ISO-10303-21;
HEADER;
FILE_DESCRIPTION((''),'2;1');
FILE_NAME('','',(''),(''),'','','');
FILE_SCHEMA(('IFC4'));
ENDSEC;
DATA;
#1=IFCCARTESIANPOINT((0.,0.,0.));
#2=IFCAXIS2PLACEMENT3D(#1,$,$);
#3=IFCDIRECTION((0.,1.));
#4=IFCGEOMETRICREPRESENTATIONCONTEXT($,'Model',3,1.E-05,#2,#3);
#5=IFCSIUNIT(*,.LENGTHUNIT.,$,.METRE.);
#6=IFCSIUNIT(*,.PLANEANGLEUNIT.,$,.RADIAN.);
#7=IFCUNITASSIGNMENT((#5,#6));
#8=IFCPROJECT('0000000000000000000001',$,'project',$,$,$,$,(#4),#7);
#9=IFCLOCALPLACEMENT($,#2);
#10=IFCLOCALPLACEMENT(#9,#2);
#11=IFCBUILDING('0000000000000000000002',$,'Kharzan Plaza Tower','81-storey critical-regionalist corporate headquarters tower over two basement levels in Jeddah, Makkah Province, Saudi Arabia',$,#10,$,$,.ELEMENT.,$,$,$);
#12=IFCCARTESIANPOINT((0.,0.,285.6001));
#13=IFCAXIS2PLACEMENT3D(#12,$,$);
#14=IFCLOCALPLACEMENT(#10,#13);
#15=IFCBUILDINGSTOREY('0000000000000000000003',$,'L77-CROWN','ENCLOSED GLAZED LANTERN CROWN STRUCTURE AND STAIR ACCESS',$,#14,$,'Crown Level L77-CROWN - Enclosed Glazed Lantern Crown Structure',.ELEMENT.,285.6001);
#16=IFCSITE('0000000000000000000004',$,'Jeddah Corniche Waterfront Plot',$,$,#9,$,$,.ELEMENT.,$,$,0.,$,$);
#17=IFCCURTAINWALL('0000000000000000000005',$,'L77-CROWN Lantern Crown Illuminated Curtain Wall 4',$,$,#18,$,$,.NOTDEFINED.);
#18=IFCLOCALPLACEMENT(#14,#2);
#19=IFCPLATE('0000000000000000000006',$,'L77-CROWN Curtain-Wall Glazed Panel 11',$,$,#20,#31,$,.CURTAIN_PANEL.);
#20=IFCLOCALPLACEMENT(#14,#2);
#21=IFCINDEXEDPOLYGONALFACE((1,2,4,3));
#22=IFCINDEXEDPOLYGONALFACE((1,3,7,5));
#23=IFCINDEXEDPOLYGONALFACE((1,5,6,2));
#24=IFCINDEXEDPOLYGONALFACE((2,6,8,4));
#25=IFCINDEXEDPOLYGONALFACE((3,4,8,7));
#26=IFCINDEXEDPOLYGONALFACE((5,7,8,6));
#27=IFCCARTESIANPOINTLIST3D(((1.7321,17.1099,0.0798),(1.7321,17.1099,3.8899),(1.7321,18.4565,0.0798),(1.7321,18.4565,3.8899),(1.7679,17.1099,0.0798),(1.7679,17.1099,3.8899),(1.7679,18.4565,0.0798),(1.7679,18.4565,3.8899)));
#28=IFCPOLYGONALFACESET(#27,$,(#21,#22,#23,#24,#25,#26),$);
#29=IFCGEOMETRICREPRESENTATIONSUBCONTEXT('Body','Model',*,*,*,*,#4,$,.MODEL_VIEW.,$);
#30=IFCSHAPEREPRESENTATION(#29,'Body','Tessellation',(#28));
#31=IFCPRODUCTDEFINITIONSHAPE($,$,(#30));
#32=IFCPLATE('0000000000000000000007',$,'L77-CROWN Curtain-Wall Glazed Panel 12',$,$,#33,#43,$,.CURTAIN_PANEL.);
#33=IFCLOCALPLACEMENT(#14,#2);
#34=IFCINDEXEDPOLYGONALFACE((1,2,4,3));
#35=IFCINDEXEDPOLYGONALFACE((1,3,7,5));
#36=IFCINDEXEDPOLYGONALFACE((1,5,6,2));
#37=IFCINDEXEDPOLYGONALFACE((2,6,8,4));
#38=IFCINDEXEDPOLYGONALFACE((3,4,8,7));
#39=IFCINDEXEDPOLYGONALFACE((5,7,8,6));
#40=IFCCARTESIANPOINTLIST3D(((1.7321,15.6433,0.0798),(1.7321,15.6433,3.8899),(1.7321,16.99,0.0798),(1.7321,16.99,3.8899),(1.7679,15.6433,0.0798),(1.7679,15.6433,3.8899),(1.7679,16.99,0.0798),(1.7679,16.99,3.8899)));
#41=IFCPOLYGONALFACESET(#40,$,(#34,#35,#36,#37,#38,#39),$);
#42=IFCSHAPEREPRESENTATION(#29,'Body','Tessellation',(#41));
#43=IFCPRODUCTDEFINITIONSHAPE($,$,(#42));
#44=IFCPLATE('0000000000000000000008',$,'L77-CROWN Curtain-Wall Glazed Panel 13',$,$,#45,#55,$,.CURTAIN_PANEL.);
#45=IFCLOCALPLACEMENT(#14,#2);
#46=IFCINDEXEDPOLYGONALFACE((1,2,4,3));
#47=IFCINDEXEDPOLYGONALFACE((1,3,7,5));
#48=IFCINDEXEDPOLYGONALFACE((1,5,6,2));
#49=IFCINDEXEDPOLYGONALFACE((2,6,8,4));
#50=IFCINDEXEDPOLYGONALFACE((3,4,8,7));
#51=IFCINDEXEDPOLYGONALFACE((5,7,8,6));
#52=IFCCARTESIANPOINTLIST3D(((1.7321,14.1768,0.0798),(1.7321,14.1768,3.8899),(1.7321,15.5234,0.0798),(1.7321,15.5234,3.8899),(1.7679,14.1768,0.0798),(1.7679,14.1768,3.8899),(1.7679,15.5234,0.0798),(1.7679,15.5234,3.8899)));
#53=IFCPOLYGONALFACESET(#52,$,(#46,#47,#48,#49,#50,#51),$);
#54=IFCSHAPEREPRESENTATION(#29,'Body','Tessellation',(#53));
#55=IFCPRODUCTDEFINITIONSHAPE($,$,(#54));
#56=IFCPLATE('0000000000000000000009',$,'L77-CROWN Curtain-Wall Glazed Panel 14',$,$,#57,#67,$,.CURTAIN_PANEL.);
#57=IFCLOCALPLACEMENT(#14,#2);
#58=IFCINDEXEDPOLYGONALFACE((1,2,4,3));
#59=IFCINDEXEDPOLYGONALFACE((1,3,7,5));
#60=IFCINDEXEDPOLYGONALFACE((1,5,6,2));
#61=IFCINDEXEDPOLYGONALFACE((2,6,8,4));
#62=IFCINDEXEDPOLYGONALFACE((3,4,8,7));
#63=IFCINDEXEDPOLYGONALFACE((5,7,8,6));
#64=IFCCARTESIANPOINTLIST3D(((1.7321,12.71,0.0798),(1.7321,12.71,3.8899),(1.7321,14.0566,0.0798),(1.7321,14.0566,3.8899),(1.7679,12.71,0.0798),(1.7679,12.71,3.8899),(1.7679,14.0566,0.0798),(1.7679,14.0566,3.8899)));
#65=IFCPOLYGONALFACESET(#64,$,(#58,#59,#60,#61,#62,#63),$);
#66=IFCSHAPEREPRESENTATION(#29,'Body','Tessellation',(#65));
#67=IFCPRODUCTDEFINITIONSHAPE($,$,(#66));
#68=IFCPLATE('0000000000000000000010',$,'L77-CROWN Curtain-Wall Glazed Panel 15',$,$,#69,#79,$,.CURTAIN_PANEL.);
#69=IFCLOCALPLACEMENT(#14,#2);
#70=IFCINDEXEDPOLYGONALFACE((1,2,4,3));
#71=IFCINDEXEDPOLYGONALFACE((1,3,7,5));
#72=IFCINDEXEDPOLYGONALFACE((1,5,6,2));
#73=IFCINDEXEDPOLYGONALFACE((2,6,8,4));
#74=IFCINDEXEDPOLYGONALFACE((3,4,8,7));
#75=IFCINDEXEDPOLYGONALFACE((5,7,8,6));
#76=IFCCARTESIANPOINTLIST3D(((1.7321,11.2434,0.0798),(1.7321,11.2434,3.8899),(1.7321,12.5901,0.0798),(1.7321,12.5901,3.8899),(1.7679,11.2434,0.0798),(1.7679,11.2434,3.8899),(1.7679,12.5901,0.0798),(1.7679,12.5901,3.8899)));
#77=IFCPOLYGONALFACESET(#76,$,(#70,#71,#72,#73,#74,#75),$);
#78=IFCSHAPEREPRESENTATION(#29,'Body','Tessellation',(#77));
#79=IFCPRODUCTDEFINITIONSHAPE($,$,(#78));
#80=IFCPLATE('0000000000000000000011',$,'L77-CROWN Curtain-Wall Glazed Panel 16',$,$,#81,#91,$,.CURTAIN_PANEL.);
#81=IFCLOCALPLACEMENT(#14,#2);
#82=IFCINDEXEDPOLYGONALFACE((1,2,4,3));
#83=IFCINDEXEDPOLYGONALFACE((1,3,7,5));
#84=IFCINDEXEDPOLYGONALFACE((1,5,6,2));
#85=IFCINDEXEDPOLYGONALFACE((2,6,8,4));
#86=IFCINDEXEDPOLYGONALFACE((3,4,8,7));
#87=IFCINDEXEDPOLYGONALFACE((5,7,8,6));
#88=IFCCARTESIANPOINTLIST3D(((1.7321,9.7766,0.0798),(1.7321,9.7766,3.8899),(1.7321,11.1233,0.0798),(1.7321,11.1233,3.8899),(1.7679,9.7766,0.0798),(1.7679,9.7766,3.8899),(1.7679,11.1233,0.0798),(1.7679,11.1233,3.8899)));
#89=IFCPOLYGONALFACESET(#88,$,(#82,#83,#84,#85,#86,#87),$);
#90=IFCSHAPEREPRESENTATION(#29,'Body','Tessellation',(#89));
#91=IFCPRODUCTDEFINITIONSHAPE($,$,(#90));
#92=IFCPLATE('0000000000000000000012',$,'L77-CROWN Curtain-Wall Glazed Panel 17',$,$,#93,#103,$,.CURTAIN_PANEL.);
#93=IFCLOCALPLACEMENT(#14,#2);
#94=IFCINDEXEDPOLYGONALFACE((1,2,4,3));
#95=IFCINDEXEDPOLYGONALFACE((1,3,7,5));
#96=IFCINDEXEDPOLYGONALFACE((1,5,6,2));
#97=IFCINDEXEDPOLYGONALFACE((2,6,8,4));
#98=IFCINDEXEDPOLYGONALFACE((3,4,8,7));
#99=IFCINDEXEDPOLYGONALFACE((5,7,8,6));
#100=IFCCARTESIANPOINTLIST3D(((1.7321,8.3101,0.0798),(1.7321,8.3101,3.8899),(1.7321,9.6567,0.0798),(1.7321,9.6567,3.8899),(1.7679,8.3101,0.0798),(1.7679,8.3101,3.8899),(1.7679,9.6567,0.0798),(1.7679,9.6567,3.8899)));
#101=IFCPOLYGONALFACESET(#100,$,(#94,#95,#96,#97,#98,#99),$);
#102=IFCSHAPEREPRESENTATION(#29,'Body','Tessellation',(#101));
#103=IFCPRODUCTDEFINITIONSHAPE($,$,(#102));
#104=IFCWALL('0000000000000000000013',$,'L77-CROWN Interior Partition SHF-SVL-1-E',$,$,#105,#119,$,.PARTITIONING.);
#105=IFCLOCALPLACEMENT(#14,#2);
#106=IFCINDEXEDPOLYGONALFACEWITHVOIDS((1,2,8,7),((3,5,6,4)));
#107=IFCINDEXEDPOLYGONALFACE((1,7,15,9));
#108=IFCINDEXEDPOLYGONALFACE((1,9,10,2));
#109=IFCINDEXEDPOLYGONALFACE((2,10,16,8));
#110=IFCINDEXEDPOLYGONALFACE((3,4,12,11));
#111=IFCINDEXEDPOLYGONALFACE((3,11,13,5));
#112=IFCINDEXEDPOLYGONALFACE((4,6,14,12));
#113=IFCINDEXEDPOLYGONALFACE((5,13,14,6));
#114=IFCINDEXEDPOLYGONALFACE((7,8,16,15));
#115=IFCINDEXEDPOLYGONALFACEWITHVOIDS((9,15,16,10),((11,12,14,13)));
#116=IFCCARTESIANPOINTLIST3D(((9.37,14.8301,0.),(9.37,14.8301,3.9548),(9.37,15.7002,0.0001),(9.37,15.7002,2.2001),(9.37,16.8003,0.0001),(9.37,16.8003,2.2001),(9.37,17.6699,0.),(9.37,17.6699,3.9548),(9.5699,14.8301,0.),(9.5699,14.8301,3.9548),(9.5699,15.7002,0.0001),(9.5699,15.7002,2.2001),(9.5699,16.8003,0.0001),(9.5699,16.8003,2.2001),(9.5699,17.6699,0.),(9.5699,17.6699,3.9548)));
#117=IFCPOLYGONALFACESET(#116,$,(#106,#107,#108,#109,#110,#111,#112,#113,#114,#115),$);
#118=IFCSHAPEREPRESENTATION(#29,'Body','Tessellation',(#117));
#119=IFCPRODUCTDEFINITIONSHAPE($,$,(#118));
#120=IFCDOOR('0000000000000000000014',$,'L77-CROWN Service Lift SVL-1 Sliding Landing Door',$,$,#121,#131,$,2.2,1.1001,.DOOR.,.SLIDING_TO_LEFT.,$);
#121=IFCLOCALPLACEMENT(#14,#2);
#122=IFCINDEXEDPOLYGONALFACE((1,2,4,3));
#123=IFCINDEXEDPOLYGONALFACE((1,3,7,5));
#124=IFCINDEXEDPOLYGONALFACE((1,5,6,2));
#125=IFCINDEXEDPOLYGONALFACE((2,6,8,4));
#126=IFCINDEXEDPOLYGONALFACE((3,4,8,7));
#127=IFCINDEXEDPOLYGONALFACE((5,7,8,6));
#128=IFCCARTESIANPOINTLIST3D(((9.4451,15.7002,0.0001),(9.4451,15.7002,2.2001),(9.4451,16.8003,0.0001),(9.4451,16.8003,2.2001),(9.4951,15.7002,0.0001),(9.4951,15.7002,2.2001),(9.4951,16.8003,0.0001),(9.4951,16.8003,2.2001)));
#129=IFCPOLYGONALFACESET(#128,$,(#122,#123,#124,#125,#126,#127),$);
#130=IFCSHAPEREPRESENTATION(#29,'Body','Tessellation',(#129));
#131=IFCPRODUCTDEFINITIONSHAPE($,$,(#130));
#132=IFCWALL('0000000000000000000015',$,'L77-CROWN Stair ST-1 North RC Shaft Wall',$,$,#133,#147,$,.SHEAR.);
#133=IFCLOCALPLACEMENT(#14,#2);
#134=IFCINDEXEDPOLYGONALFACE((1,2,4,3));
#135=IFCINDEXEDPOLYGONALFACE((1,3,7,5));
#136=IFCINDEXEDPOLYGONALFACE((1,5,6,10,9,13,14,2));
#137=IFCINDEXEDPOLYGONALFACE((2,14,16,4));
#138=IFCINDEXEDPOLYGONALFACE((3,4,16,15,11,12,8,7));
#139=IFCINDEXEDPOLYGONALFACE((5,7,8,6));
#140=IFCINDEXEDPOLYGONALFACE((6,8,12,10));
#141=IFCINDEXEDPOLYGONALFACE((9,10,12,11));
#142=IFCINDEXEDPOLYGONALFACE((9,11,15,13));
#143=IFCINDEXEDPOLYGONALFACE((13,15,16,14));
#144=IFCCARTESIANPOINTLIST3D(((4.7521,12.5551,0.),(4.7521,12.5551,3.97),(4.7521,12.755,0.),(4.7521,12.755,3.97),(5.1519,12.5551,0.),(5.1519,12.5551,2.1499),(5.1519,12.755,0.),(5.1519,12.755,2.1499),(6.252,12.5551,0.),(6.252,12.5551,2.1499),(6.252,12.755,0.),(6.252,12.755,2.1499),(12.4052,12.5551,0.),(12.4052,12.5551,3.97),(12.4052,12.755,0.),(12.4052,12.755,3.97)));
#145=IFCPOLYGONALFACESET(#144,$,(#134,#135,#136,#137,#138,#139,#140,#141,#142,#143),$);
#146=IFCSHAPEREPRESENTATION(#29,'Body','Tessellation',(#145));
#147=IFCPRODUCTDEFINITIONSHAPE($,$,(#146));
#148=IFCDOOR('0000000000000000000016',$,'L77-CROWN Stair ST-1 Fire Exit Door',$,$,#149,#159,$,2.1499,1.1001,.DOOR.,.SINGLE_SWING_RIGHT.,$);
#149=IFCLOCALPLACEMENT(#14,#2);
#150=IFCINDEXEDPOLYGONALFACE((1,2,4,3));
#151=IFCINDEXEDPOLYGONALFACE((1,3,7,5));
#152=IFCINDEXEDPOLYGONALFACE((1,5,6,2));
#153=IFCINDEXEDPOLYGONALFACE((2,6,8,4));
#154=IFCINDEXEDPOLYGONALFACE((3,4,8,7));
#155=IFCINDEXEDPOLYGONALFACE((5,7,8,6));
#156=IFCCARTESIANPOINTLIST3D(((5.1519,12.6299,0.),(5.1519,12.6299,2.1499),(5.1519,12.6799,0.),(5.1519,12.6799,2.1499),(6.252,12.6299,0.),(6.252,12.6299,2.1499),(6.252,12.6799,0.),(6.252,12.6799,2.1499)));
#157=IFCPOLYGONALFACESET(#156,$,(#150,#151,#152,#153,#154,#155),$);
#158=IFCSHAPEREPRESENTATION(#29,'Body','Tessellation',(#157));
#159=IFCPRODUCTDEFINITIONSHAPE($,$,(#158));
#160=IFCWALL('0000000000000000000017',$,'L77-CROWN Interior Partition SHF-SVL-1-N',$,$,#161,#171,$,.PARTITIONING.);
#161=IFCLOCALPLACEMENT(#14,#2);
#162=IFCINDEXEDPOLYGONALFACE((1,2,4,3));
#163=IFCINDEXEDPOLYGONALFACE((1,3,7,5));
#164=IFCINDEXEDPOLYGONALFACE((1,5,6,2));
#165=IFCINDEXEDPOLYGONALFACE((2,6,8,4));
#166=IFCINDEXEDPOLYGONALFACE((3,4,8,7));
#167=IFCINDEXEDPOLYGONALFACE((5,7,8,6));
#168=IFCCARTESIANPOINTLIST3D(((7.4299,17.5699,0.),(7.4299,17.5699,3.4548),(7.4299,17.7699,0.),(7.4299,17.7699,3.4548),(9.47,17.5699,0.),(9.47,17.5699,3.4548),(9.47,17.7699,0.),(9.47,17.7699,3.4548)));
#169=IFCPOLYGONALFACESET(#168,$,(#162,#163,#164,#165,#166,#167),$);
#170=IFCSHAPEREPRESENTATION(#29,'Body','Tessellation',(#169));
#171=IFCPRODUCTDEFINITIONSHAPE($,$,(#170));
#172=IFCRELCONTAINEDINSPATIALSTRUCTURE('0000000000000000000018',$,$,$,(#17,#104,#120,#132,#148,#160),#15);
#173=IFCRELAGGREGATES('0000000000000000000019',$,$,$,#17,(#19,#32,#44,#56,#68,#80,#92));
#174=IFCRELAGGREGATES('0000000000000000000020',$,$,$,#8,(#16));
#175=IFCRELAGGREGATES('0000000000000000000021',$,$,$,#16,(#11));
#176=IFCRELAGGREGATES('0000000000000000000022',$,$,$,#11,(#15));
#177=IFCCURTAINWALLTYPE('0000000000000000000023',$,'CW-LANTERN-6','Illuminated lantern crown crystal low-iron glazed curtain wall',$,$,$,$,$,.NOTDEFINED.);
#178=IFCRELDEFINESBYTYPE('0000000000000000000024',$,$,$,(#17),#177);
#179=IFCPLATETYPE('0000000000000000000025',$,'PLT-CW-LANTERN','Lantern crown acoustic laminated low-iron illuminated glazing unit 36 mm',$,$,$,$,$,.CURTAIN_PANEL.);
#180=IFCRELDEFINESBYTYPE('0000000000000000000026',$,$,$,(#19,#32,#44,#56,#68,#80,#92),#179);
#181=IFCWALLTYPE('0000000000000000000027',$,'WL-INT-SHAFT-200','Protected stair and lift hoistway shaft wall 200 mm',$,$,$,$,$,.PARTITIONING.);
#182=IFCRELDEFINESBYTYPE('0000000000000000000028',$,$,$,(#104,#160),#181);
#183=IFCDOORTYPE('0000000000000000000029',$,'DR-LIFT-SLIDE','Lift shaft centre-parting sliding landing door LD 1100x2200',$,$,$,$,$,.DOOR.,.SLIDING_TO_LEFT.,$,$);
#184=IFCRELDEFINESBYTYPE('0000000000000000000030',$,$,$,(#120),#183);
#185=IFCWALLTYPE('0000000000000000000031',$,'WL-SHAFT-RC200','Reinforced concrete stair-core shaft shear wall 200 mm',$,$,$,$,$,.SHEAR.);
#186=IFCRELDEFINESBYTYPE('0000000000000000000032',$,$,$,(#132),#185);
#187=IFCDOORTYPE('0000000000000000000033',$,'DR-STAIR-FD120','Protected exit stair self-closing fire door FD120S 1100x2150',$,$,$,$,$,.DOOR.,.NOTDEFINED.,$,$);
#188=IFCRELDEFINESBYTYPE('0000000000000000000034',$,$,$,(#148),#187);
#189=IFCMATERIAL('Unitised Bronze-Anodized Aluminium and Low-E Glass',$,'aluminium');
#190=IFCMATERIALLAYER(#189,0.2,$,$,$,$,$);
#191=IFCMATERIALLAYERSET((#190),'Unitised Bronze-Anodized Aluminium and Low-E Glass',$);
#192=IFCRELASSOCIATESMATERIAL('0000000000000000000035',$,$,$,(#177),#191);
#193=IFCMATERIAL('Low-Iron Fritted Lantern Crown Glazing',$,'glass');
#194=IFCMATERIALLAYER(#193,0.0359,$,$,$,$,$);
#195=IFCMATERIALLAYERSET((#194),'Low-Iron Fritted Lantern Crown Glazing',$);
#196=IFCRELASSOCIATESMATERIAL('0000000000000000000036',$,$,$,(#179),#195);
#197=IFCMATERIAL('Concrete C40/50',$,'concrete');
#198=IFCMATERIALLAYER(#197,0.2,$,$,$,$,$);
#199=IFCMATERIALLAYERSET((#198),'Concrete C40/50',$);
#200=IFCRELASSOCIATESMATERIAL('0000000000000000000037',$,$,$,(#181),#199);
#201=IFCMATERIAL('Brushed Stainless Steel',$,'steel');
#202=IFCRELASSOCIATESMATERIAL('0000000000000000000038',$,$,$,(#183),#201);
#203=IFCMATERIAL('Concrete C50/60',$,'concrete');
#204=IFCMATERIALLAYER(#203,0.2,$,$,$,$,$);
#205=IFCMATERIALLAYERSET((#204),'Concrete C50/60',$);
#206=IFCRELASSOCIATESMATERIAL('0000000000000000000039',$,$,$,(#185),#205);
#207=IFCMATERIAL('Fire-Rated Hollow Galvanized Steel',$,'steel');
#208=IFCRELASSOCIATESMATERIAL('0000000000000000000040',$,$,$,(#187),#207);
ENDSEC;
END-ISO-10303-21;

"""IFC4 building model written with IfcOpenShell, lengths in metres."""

from ifc_helpers import new_model, si_unit, direction, frame, frame_2d, origin, origin_2d, place, context, subcontext, project, spatial, rectangle, extrude, source, transform, mapped, material, layer, layer_set, type_object, element, fill, aggregate, save


model = new_model("IFC4")

# Units and contexts
model_context = context("Model", 3, precision=1e-05, world=origin(), true_north=direction((0.0, 1.0)))
body_context = subcontext(model_context, "Body", "Model", "MODEL_VIEW")
ifc_project = project(units=[si_unit("LENGTHUNIT", "METRE"), si_unit("PLANEANGLEUNIT", "RADIAN")], contexts=[model_context])

# Site, building, storey
site_placement = place(None, origin())
site = spatial("IfcSite", under=ifc_project, at=site_placement, Name="Jeddah Corniche Waterfront Plot", CompositionType="ELEMENT", RefElevation=0.0)
building_placement = place(site_placement, origin())
building = spatial("IfcBuilding", under=site, at=building_placement, Name="Kharzan Plaza Tower", Description="81-storey critical-regionalist corporate headquarters tower over two basement levels in Jeddah, Makkah Province, Saudi Arabia", CompositionType="ELEMENT")
storey_placement = place(building_placement, frame((0.0, 0.0, 285.6001)))
storey = spatial("IfcBuildingStorey", under=building, at=storey_placement, Name="L77-CROWN", Description="ENCLOSED GLAZED LANTERN CROWN STRUCTURE AND STAIR ACCESS", LongName="Crown Level L77-CROWN - Enclosed Glazed Lantern Crown Structure", CompositionType="ELEMENT", Elevation=285.6001)

# Curtain wall, plates
ifc_material_1 = material(Name="Unitised Bronze-Anodized Aluminium and Low-E Glass", Category="aluminium")
ifc_layer_1 = layer(ifc_material_1, 0.2)
ifc_layer_set_1 = layer_set([ifc_layer_1], Name="Unitised Bronze-Anodized Aluminium and Low-E Glass")
curtain_wall_type = type_object("IfcCurtainWallType", Name="CW-LANTERN-6", Description="Illuminated lantern crown crystal low-iron glazed curtain wall", PredefinedType="NOTDEFINED", material=ifc_layer_set_1)
curtain_wall_placement = place(storey_placement, origin())
curtain_wall = element("IfcCurtainWall", 1, at=curtain_wall_placement, inside=storey, type_object=curtain_wall_type, Name="L77-CROWN Lantern Crown Illuminated Curtain Wall 4", PredefinedType="NOTDEFINED")
ifc_material_2 = material(Name="Low-Iron Fritted Lantern Crown Glazing", Category="glass")
ifc_layer_2 = layer(ifc_material_2, 0.0359)
ifc_layer_set_2 = layer_set([ifc_layer_2], Name="Low-Iron Fritted Lantern Crown Glazing")
plate_type = type_object("IfcPlateType", Name="PLT-CW-LANTERN", Description="Lantern crown acoustic laminated low-iron illuminated glazing unit 36 mm", PredefinedType="CURTAIN_PANEL", material=ifc_layer_set_2)
shared_shape_1 = source(origin(), body_context, "Body", "SweptSolid", [
    extrude(rectangle(XDim=1.3467, YDim=0.0359, at=origin_2d()), origin(), (0.0, 0.0, 1.0), 3.8101),
])
plate_1_placement = place(storey_placement, frame((1.75, 17.7832, 0.0798), z_axis=(0.0, 0.0, 1.0), x_axis=(0.0, -1.0, 0.0)))
plate_1 = element("IfcPlate", 2, at=plate_1_placement, type_object=plate_type, Name="L77-CROWN Curtain-Wall Glazed Panel 11", PredefinedType="CURTAIN_PANEL", context=body_context, shape_type="MappedRepresentation", body=[
    mapped(shared_shape_1, transform((0.0, 0.0, 0.0), x_axis=(1.0, 0.0, 0.0), y_axis=(0.0, 1.0, 0.0), z_axis=(0.0, 0.0, 1.0))),
])
plate_2_placement = place(storey_placement, frame((1.75, 16.3167, 0.0798), z_axis=(0.0, 0.0, 1.0), x_axis=(0.0, -1.0, 0.0)))
plate_2 = element("IfcPlate", 3, at=plate_2_placement, type_object=plate_type, Name="L77-CROWN Curtain-Wall Glazed Panel 12", PredefinedType="CURTAIN_PANEL", context=body_context, shape_type="MappedRepresentation", body=[
    mapped(shared_shape_1, transform((0.0, 0.0, 0.0), x_axis=(1.0, 0.0, 0.0), y_axis=(0.0, 1.0, 0.0), z_axis=(0.0, 0.0, 1.0))),
])
plate_3_placement = place(storey_placement, frame((1.75, 14.8501, 0.0798), z_axis=(0.0, 0.0, 1.0), x_axis=(0.0, -1.0, 0.0)))
plate_3 = element("IfcPlate", 4, at=plate_3_placement, type_object=plate_type, Name="L77-CROWN Curtain-Wall Glazed Panel 13", PredefinedType="CURTAIN_PANEL", context=body_context, shape_type="MappedRepresentation", body=[
    mapped(shared_shape_1, transform((0.0, 0.0, 0.0), x_axis=(1.0, 0.0, 0.0), y_axis=(0.0, 1.0, 0.0), z_axis=(0.0, 0.0, 1.0))),
])
plate_4_placement = place(storey_placement, frame((1.75, 13.3833, 0.0798), z_axis=(0.0, 0.0, 1.0), x_axis=(0.0, -1.0, 0.0)))
plate_4 = element("IfcPlate", 5, at=plate_4_placement, type_object=plate_type, Name="L77-CROWN Curtain-Wall Glazed Panel 14", PredefinedType="CURTAIN_PANEL", context=body_context, shape_type="MappedRepresentation", body=[
    mapped(shared_shape_1, transform((0.0, 0.0, 0.0), x_axis=(1.0, 0.0, 0.0), y_axis=(0.0, 1.0, 0.0), z_axis=(0.0, 0.0, 1.0))),
])
plate_5_placement = place(storey_placement, frame((1.75, 11.9167, 0.0798), z_axis=(0.0, 0.0, 1.0), x_axis=(0.0, -1.0, 0.0)))
plate_5 = element("IfcPlate", 6, at=plate_5_placement, type_object=plate_type, Name="L77-CROWN Curtain-Wall Glazed Panel 15", PredefinedType="CURTAIN_PANEL", context=body_context, shape_type="MappedRepresentation", body=[
    mapped(shared_shape_1, transform((0.0, 0.0, 0.0), x_axis=(1.0, 0.0, 0.0), y_axis=(0.0, 1.0, 0.0), z_axis=(0.0, 0.0, 1.0))),
])
plate_6_placement = place(storey_placement, frame((1.75, 10.45, 0.0798), z_axis=(0.0, 0.0, 1.0), x_axis=(0.0, -1.0, 0.0)))
plate_6 = element("IfcPlate", 7, at=plate_6_placement, type_object=plate_type, Name="L77-CROWN Curtain-Wall Glazed Panel 16", PredefinedType="CURTAIN_PANEL", context=body_context, shape_type="MappedRepresentation", body=[
    mapped(shared_shape_1, transform((0.0, 0.0, 0.0), x_axis=(1.0, 0.0, 0.0), y_axis=(0.0, 1.0, 0.0), z_axis=(0.0, 0.0, 1.0))),
])
plate_7_placement = place(storey_placement, frame((1.75, 8.9834, 0.0798), z_axis=(0.0, 0.0, 1.0), x_axis=(0.0, -1.0, 0.0)))
plate_7 = element("IfcPlate", 8, at=plate_7_placement, type_object=plate_type, Name="L77-CROWN Curtain-Wall Glazed Panel 17", PredefinedType="CURTAIN_PANEL", context=body_context, shape_type="MappedRepresentation", body=[
    mapped(shared_shape_1, transform((0.0, 0.0, 0.0), x_axis=(1.0, 0.0, 0.0), y_axis=(0.0, 1.0, 0.0), z_axis=(0.0, 0.0, 1.0))),
])
aggregate(curtain_wall, [plate_1, plate_2, plate_3, plate_4, plate_5, plate_6, plate_7])

# Walls, openings, doors
ifc_material_3 = material(Name="Concrete C40/50", Category="concrete")
ifc_layer_3 = layer(ifc_material_3, 0.2)
ifc_layer_set_3 = layer_set([ifc_layer_3], Name="Concrete C40/50")
wall_type_1 = type_object("IfcWallType", Name="WL-INT-SHAFT-200", Description="Protected stair and lift hoistway shaft wall 200 mm", PredefinedType="PARTITIONING", material=ifc_layer_set_3)
wall_1_placement = place(storey_placement, frame((9.47, 14.8301, 0.0), z_axis=(0.0, 0.0, 1.0), x_axis=(0.0, 1.0, 0.0)))
wall_1 = element("IfcWall", 9, at=wall_1_placement, inside=storey, type_object=wall_type_1, Name="L77-CROWN Interior Partition SHF-SVL-1-E", PredefinedType="PARTITIONING", context=body_context, shape_type="SweptSolid", body=[
    extrude(rectangle(XDim=2.8398, YDim=0.2, at=frame_2d((1.4199, 0.0))), origin(), (0.0, 0.0, 1.0), 3.9548),
])
opening_1_placement = place(wall_1_placement, frame((0.8701, 0.0, 0.0)))
opening_1 = element("IfcOpeningElement", 10, at=opening_1_placement, cuts=wall_1, PredefinedType="OPENING", context=body_context, shape_type="SweptSolid", body=[
    extrude(rectangle(XDim=1.1001, YDim=2.2, at=frame_2d((0.55, 1.1001))), frame((0.0, 0.1099, 0.0), z_axis=(0.0, -1.0, 0.0), x_axis=(1.0, 0.0, 0.0)), (0.0, 0.0, 1.0), 0.22),
])
ifc_material_4 = material(Name="Brushed Stainless Steel", Category="steel")
door_type_1 = type_object("IfcDoorType", Name="DR-LIFT-SLIDE", Description="Lift shaft centre-parting sliding landing door LD 1100x2200", OperationType="SLIDING_TO_LEFT", PredefinedType="DOOR", material=ifc_material_4)
shared_shape_2 = source(origin(), body_context, "Body", "SweptSolid", [
    extrude(rectangle(XDim=1.1001, YDim=2.2, at=frame_2d((0.55, 1.1001))), frame((0.0, 0.0249, 0.0), z_axis=(0.0, -1.0, 0.0), x_axis=(1.0, 0.0, 0.0)), (0.0, 0.0, 1.0), 0.05),
])
door_1_placement = place(opening_1_placement, origin())
door_1 = element("IfcDoor", 11, at=door_1_placement, inside=storey, type_object=door_type_1, Name="L77-CROWN Service Lift SVL-1 Sliding Landing Door", OperationType="SLIDING_TO_LEFT", OverallHeight=2.2, OverallWidth=1.1001, PredefinedType="DOOR", context=body_context, shape_type="MappedRepresentation", body=[
    mapped(shared_shape_2, transform((0.0, 0.0, 0.0), x_axis=(1.0, 0.0, 0.0), y_axis=(0.0, 1.0, 0.0), z_axis=(0.0, 0.0, 1.0))),
])
fill(opening_1, door_1)
ifc_material_5 = material(Name="Concrete C50/60", Category="concrete")
ifc_layer_4 = layer(ifc_material_5, 0.2)
ifc_layer_set_4 = layer_set([ifc_layer_4], Name="Concrete C50/60")
wall_type_2 = type_object("IfcWallType", Name="WL-SHAFT-RC200", Description="Reinforced concrete stair-core shaft shear wall 200 mm", PredefinedType="SHEAR", material=ifc_layer_set_4)
wall_2_placement = place(storey_placement, frame((4.752, 12.655, 0.0), z_axis=(0.0, 0.0, 1.0), x_axis=(1.0, 0.0, 0.0)))
wall_2 = element("IfcWall", 12, at=wall_2_placement, inside=storey, type_object=wall_type_2, Name="L77-CROWN Stair ST-1 North RC Shaft Wall", PredefinedType="SHEAR", context=body_context, shape_type="SweptSolid", body=[
    extrude(rectangle(XDim=7.6531, YDim=0.2, at=frame_2d((3.8267, 0.0))), origin(), (0.0, 0.0, 1.0), 3.97),
])
opening_2_placement = place(wall_2_placement, frame((0.3999, 0.0, 0.0)))
opening_2 = element("IfcOpeningElement", 13, at=opening_2_placement, cuts=wall_2, PredefinedType="OPENING", context=body_context, shape_type="SweptSolid", body=[
    extrude(rectangle(XDim=1.1001, YDim=2.1499, at=frame_2d((0.55, 1.075))), frame((0.0, 0.1099, 0.0), z_axis=(0.0, -1.0, 0.0), x_axis=(1.0, 0.0, 0.0)), (0.0, 0.0, 1.0), 0.22),
])
ifc_material_6 = material(Name="Fire-Rated Hollow Galvanized Steel", Category="steel")
door_type_2 = type_object("IfcDoorType", Name="DR-STAIR-FD120", Description="Protected exit stair self-closing fire door FD120S 1100x2150", OperationType="NOTDEFINED", PredefinedType="DOOR", material=ifc_material_6)
shared_shape_3 = source(origin(), body_context, "Body", "SweptSolid", [
    extrude(rectangle(XDim=1.1001, YDim=2.1499, at=frame_2d((0.55, 1.075))), frame((0.0, 0.0249, 0.0), z_axis=(0.0, -1.0, 0.0), x_axis=(1.0, 0.0, 0.0)), (0.0, 0.0, 1.0), 0.05),
])
door_2_placement = place(opening_2_placement, origin())
door_2 = element("IfcDoor", 14, at=door_2_placement, inside=storey, type_object=door_type_2, Name="L77-CROWN Stair ST-1 Fire Exit Door", OperationType="SINGLE_SWING_RIGHT", OverallHeight=2.1499, OverallWidth=1.1001, PredefinedType="DOOR", context=body_context, shape_type="MappedRepresentation", body=[
    mapped(shared_shape_3, transform((0.0, 0.0, 0.0), x_axis=(1.0, 0.0, 0.0), y_axis=(0.0, 1.0, 0.0), z_axis=(0.0, 0.0, 1.0))),
])
fill(opening_2, door_2)

# Wall
shared_shape_4 = source(origin(), body_context, "Body", "SweptSolid", [
    extrude(rectangle(XDim=2.04, YDim=0.2, at=frame_2d((1.02, 0.0))), origin(), (0.0, 0.0, 1.0), 3.4548),
])
wall_3_placement = place(storey_placement, frame((7.4299, 17.6699, 0.0), z_axis=(0.0, 0.0, 1.0), x_axis=(1.0, 0.0, 0.0)))
element("IfcWall", 15, at=wall_3_placement, inside=storey, type_object=wall_type_1, Name="L77-CROWN Interior Partition SHF-SVL-1-N", PredefinedType="PARTITIONING", context=body_context, shape_type="MappedRepresentation", body=[
    mapped(shared_shape_4, transform((0.0, 0.0, 0.0), x_axis=(1.0, 0.0, 0.0), y_axis=(0.0, 1.0, 0.0), z_axis=(0.0, 0.0, 1.0))),
])

save(model, "model.ifc")
